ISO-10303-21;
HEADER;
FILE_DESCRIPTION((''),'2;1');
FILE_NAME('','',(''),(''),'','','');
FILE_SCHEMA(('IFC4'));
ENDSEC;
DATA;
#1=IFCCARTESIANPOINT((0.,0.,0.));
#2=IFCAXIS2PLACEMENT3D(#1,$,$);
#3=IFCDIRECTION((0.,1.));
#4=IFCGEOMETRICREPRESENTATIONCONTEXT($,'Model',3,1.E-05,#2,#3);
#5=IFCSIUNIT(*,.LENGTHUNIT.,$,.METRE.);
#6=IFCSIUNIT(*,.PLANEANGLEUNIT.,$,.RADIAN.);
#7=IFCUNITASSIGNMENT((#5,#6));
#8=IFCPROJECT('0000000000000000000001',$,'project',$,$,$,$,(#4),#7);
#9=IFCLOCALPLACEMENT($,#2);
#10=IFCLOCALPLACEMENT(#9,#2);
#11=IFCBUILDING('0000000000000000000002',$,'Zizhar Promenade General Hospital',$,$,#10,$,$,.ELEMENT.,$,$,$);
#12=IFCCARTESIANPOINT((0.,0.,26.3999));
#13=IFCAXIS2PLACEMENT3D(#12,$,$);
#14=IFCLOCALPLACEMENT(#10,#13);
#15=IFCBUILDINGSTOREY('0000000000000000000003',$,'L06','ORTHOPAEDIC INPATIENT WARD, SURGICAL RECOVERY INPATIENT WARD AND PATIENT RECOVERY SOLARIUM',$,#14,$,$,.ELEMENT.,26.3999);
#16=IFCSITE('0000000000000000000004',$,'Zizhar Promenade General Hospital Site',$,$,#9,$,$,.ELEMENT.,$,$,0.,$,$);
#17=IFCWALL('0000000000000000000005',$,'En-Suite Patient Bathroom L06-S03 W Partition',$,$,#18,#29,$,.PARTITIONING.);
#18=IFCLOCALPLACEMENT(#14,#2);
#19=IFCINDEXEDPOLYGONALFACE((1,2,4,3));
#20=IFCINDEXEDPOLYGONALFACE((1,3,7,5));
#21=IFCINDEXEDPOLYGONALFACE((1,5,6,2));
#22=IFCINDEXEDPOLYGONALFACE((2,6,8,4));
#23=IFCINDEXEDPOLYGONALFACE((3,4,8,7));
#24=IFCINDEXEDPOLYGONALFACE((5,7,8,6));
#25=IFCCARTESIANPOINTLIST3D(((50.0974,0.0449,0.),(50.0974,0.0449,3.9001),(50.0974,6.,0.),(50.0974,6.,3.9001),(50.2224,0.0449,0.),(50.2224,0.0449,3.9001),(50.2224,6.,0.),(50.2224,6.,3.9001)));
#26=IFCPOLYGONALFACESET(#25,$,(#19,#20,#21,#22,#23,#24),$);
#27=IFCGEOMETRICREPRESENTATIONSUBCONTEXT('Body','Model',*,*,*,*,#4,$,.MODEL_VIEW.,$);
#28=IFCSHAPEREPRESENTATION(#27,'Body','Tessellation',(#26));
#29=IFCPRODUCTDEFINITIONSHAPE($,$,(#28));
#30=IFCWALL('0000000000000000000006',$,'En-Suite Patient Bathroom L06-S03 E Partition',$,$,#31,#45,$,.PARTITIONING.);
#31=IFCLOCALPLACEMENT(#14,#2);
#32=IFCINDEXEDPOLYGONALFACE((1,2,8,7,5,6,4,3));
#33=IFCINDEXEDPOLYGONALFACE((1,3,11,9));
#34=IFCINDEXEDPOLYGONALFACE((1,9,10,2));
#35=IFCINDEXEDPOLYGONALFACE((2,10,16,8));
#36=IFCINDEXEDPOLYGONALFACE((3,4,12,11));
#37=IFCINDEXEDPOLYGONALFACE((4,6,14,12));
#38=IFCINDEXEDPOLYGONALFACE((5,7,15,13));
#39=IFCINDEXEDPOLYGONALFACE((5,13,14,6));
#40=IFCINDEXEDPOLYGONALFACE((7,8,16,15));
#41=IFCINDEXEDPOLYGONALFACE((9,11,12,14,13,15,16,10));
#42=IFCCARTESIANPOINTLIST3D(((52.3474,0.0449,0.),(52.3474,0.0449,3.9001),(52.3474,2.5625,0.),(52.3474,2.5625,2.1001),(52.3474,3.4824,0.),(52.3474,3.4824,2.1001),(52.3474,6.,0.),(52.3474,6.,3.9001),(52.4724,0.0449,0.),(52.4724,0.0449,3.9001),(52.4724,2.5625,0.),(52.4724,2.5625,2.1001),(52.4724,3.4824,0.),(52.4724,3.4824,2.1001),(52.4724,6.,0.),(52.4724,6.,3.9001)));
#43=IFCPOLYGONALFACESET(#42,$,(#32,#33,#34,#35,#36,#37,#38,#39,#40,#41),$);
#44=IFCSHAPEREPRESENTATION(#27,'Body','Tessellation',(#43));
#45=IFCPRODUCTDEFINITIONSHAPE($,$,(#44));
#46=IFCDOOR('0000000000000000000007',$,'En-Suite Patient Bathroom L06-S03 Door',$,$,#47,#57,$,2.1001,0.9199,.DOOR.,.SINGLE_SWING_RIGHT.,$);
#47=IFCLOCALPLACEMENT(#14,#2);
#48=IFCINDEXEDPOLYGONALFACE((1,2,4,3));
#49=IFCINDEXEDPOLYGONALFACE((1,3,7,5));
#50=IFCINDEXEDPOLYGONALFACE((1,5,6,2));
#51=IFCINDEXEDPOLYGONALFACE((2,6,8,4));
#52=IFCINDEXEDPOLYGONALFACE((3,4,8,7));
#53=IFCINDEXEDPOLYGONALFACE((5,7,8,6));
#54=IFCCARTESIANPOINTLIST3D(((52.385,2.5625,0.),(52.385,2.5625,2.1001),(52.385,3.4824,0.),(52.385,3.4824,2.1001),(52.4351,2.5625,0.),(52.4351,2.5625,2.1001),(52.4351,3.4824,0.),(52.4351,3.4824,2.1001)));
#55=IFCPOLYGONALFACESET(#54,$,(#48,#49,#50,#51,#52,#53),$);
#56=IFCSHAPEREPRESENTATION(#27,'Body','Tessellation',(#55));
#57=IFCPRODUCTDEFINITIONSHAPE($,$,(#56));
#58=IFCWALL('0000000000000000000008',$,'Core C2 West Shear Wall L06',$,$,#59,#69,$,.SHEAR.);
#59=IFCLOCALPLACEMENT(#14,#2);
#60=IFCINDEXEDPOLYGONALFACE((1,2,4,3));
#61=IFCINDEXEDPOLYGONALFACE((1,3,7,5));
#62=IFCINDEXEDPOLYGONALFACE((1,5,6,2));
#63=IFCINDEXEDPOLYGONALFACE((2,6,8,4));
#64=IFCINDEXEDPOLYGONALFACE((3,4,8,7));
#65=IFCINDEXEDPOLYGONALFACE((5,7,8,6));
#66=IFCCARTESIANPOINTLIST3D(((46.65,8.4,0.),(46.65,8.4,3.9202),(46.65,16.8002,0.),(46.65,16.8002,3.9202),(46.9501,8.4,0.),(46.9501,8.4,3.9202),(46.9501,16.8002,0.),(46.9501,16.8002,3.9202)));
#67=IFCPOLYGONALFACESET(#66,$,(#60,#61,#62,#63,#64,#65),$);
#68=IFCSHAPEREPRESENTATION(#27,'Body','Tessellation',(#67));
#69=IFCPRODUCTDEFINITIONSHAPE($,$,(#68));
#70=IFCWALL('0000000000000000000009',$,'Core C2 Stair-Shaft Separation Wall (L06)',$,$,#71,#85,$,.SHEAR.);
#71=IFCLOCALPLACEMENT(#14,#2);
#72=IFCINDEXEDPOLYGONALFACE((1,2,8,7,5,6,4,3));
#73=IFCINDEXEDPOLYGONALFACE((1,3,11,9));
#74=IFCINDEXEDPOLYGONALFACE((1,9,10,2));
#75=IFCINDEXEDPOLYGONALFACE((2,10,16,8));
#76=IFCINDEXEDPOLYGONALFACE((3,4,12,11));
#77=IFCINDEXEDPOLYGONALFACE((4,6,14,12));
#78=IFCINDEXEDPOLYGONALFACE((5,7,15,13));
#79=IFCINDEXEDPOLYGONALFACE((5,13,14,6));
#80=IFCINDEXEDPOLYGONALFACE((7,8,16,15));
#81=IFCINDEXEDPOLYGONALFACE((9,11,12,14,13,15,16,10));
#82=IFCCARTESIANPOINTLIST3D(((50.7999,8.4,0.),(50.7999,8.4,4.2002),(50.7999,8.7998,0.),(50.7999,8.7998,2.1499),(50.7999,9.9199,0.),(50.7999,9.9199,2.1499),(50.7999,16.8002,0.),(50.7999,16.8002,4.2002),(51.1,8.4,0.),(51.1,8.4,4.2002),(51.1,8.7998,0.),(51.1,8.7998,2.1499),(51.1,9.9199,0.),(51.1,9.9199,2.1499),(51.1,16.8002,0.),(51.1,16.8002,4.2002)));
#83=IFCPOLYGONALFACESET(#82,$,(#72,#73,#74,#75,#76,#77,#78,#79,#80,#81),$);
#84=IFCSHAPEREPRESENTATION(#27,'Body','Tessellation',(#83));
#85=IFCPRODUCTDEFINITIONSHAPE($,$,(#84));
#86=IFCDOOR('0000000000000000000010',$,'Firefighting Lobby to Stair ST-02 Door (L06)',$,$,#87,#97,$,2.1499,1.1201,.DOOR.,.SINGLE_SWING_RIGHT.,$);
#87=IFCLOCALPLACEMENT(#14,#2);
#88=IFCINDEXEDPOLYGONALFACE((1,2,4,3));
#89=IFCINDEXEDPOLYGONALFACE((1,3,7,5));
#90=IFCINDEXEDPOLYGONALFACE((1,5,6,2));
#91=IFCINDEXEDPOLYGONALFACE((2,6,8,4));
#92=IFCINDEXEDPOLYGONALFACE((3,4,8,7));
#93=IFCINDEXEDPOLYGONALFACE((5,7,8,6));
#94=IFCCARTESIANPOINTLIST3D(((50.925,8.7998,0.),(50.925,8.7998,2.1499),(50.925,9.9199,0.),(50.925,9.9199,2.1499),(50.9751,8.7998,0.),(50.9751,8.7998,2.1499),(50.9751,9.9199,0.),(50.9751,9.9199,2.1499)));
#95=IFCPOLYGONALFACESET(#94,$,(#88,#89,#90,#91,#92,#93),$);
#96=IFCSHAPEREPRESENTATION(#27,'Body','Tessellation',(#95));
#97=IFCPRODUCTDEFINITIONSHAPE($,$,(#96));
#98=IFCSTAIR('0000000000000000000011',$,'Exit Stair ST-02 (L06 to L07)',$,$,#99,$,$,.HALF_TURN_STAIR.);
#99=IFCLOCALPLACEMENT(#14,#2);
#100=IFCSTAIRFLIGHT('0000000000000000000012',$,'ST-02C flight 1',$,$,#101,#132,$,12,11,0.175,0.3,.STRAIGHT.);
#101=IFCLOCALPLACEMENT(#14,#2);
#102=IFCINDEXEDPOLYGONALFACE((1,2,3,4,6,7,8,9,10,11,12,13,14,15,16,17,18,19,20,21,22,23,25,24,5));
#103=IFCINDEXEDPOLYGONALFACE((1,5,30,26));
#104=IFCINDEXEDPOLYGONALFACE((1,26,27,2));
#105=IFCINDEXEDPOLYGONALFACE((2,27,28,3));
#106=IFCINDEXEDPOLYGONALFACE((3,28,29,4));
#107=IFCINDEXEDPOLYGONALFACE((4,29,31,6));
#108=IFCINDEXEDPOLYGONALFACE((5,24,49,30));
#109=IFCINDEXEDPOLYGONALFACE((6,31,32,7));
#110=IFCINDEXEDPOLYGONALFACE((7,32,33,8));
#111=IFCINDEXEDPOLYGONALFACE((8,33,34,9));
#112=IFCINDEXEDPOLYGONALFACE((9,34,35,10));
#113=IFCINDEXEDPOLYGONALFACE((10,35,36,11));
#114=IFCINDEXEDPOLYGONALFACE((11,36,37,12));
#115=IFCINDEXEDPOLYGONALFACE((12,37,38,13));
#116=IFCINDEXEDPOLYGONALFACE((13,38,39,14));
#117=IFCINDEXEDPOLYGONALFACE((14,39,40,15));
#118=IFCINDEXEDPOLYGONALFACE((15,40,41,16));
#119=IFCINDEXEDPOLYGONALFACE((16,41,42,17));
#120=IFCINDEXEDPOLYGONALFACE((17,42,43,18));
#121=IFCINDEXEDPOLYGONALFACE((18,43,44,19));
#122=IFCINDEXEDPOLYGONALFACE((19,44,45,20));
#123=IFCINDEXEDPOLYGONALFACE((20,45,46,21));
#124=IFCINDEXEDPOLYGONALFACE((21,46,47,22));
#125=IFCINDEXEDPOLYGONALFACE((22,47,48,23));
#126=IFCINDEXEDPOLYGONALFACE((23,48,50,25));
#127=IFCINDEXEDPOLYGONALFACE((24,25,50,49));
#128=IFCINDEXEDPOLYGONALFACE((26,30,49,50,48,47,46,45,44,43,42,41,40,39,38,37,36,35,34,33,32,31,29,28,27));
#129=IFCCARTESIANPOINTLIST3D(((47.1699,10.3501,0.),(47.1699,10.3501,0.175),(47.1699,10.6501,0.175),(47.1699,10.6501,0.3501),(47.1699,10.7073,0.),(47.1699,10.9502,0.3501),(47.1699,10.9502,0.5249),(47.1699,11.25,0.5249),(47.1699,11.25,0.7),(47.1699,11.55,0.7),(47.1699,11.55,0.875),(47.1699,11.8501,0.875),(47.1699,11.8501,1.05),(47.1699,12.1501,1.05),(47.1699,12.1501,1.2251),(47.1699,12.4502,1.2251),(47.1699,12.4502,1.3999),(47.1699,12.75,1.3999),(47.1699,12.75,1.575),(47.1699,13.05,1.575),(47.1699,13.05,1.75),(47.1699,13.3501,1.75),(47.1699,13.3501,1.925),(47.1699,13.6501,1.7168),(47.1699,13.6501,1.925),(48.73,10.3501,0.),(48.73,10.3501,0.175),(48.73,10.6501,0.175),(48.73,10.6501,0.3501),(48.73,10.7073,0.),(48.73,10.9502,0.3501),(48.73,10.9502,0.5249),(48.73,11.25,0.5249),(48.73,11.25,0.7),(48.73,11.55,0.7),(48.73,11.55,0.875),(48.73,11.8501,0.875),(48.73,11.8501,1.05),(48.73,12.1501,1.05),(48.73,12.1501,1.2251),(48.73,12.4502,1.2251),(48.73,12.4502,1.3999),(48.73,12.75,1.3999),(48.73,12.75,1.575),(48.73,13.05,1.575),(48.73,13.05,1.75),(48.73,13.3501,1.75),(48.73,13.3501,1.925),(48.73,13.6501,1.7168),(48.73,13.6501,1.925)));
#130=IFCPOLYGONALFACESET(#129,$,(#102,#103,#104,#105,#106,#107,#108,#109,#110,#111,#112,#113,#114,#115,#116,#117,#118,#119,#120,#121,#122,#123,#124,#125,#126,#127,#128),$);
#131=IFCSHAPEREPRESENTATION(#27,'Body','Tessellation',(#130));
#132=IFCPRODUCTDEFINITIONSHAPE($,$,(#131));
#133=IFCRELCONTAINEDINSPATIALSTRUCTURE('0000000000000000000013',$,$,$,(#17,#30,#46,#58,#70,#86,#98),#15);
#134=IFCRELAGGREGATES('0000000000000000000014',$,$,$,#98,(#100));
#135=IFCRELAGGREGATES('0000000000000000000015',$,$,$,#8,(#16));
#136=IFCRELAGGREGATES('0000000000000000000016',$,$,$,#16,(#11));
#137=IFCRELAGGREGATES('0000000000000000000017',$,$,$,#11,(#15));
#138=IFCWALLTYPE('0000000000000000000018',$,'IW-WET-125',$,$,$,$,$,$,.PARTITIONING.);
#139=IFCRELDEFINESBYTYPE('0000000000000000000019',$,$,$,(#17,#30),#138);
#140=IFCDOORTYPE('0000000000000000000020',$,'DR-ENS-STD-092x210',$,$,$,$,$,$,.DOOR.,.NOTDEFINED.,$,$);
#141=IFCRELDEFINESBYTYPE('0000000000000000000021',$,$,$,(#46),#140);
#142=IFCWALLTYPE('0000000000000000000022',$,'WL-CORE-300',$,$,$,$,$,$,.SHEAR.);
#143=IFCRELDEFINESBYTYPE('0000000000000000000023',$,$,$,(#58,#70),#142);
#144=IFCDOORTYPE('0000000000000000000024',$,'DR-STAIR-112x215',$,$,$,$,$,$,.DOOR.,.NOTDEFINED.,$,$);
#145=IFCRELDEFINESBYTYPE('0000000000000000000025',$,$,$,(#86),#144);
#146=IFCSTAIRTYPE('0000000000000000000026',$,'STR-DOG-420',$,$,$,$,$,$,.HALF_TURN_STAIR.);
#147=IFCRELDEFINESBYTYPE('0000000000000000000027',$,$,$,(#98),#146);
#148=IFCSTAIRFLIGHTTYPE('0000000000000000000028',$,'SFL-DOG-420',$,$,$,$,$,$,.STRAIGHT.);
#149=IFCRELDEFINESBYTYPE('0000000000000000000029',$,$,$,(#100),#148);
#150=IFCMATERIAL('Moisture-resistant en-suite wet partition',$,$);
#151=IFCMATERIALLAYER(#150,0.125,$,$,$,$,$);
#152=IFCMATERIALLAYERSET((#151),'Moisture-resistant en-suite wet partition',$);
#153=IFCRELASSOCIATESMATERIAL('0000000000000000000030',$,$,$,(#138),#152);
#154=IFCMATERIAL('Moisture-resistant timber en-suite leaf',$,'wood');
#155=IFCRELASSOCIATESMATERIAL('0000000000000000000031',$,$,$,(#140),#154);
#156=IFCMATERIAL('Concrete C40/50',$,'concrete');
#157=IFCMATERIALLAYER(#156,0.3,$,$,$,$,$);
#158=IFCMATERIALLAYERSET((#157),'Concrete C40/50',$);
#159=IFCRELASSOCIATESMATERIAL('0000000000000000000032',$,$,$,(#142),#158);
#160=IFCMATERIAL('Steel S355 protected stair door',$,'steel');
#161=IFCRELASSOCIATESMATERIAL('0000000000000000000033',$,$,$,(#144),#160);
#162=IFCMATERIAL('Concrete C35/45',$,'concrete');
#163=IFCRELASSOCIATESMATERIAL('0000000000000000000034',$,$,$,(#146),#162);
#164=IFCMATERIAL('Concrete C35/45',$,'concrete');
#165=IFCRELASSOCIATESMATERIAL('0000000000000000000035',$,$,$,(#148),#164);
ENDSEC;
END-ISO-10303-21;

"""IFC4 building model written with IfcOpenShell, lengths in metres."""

from ifc_helpers import new_model, si_unit, direction, frame, frame_2d, origin, place, context, subcontext, project, spatial, polyline, rectangle, outline, extrude, material, layer, layer_set, type_object, element, fill, aggregate, save


model = new_model("IFC4")

# Units and contexts
model_context = context("Model", 3, precision=1e-05, world=origin(), true_north=direction((0.0, 1.0)))
body_context = subcontext(model_context, "Body", "Model", "MODEL_VIEW")
ifc_project = project(units=[si_unit("LENGTHUNIT", "METRE"), si_unit("PLANEANGLEUNIT", "RADIAN")], contexts=[model_context])

# Site, building, storey
site_placement = place(None, origin())
site = spatial("IfcSite", under=ifc_project, at=site_placement, Name="Zizhar Promenade General Hospital Site", CompositionType="ELEMENT", RefElevation=0.0)
building_placement = place(site_placement, origin())
building = spatial("IfcBuilding", under=site, at=building_placement, Name="Zizhar Promenade General Hospital", CompositionType="ELEMENT")
storey_placement = place(building_placement, frame((0.0, 0.0, 26.3999)))
storey = spatial("IfcBuildingStorey", under=building, at=storey_placement, Name="L06", Description="ORTHOPAEDIC INPATIENT WARD, SURGICAL RECOVERY INPATIENT WARD AND PATIENT RECOVERY SOLARIUM", CompositionType="ELEMENT", Elevation=26.3999)

# Wall
ifc_material_1 = material(Name="Moisture-resistant en-suite wet partition")
ifc_layer_1 = layer(ifc_material_1, 0.125)
ifc_layer_set_1 = layer_set([ifc_layer_1], Name="Moisture-resistant en-suite wet partition")
wall_type_1 = type_object("IfcWallType", Name="IW-WET-125", PredefinedType="PARTITIONING", material=ifc_layer_set_1)
wall_1_placement = place(storey_placement, frame((50.1599, 0.0449, 0.0), z_axis=(0.0, 0.0, 1.0), x_axis=(0.0, 1.0, 0.0)))
element("IfcWall", 1, at=wall_1_placement, inside=storey, type_object=wall_type_1, Name="En-Suite Patient Bathroom L06-S03 W Partition", PredefinedType="PARTITIONING", context=body_context, shape_type="SweptSolid", body=[
    extrude(rectangle(XDim=5.9551, YDim=0.125, at=frame_2d((2.9775, 0.0))), origin(), (0.0, 0.0, 1.0), 3.9001),
])

# Wall, opening, door
wall_2_placement = place(storey_placement, frame((52.4099, 0.0449, 0.0), z_axis=(0.0, 0.0, 1.0), x_axis=(0.0, 1.0, 0.0)))
wall_2 = element("IfcWall", 2, at=wall_2_placement, inside=storey, type_object=wall_type_1, Name="En-Suite Patient Bathroom L06-S03 E Partition", PredefinedType="PARTITIONING", context=body_context, shape_type="SweptSolid", body=[
    extrude(rectangle(XDim=5.9551, YDim=0.125, at=frame_2d((2.9775, 0.0))), origin(), (0.0, 0.0, 1.0), 3.9001),
])
opening_1_placement = place(wall_2_placement, frame((2.5176, 0.0, 0.0)))
opening_1 = element("IfcOpeningElement", 3, at=opening_1_placement, cuts=wall_2, PredefinedType="OPENING", context=body_context, shape_type="SweptSolid", body=[
    extrude(rectangle(XDim=0.9199, YDim=2.1001, at=frame_2d((0.46, 1.05))), frame((0.0, 0.0725, 0.0), z_axis=(0.0, -1.0, 0.0), x_axis=(1.0, 0.0, 0.0)), (0.0, 0.0, 1.0), 0.145),
])
ifc_material_2 = material(Name="Moisture-resistant timber en-suite leaf", Category="wood")
door_type_1 = type_object("IfcDoorType", Name="DR-ENS-STD-092x210", OperationType="NOTDEFINED", PredefinedType="DOOR", material=ifc_material_2)
door_1_placement = place(opening_1_placement, origin())
door_1 = element("IfcDoor", 4, at=door_1_placement, inside=storey, type_object=door_type_1, Name="En-Suite Patient Bathroom L06-S03 Door", OperationType="SINGLE_SWING_RIGHT", OverallHeight=2.1001, OverallWidth=0.9199, PredefinedType="DOOR", context=body_context, shape_type="SweptSolid", body=[
    extrude(rectangle(XDim=0.9199, YDim=2.1001, at=frame_2d((0.46, 1.05))), frame((0.0, 0.0249, 0.0), z_axis=(0.0, -1.0, 0.0), x_axis=(1.0, 0.0, 0.0)), (0.0, 0.0, 1.0), 0.05),
])
fill(opening_1, door_1)

# Wall
ifc_material_3 = material(Name="Concrete C40/50", Category="concrete")
ifc_layer_2 = layer(ifc_material_3, 0.3)
ifc_layer_set_2 = layer_set([ifc_layer_2], Name="Concrete C40/50")
wall_type_2 = type_object("IfcWallType", Name="WL-CORE-300", PredefinedType="SHEAR", material=ifc_layer_set_2)
wall_3_placement = place(storey_placement, frame((46.8, 8.3999, 0.0), z_axis=(0.0, 0.0, 1.0), x_axis=(0.0, 1.0, 0.0)))
element("IfcWall", 5, at=wall_3_placement, inside=storey, type_object=wall_type_2, Name="Core C2 West Shear Wall L06", PredefinedType="SHEAR", context=body_context, shape_type="SweptSolid", body=[
    extrude(rectangle(XDim=8.4001, YDim=0.3, at=frame_2d((4.2002, 0.0))), origin(), (0.0, 0.0, 1.0), 3.9202),
])

# Wall, opening, door
ifc_material_4 = material(Name="Steel S355 protected stair door", Category="steel")
door_type_2 = type_object("IfcDoorType", Name="DR-STAIR-112x215", OperationType="NOTDEFINED", PredefinedType="DOOR", material=ifc_material_4)
wall_4_placement = place(storey_placement, frame((50.95, 8.3999, 0.0), z_axis=(0.0, 0.0, 1.0), x_axis=(0.0, 1.0, 0.0)))
wall_4 = element("IfcWall", 6, at=wall_4_placement, inside=storey, type_object=wall_type_2, Name="Core C2 Stair-Shaft Separation Wall (L06)", PredefinedType="SHEAR", context=body_context, shape_type="SweptSolid", body=[
    extrude(rectangle(XDim=8.4001, YDim=0.3, at=frame_2d((4.2002, 0.0))), origin(), (0.0, 0.0, 1.0), 4.2002),
])
opening_2_placement = place(wall_4_placement, frame((0.3999, 0.0, 0.0)))
opening_2 = element("IfcOpeningElement", 7, at=opening_2_placement, cuts=wall_4, PredefinedType="OPENING", context=body_context, shape_type="SweptSolid", body=[
    extrude(rectangle(XDim=1.1201, YDim=2.1499, at=frame_2d((0.5601, 1.075))), frame((0.0, 0.1602, 0.0), z_axis=(0.0, -1.0, 0.0), x_axis=(1.0, 0.0, 0.0)), (0.0, 0.0, 1.0), 0.3201),
])
door_2_placement = place(opening_2_placement, origin())
door_2 = element("IfcDoor", 8, at=door_2_placement, inside=storey, type_object=door_type_2, Name="Firefighting Lobby to Stair ST-02 Door (L06)", OperationType="SINGLE_SWING_RIGHT", OverallHeight=2.1499, OverallWidth=1.1201, PredefinedType="DOOR", context=body_context, shape_type="SweptSolid", body=[
    extrude(rectangle(XDim=1.1201, YDim=2.1499, at=frame_2d((0.5601, 1.075))), frame((0.0, 0.0249, 0.0), z_axis=(0.0, -1.0, 0.0), x_axis=(1.0, 0.0, 0.0)), (0.0, 0.0, 1.0), 0.05),
])
fill(opening_2, door_2)

# Stair, stair flight
ifc_material_5 = material(Name="Concrete C35/45", Category="concrete")
stair_type = type_object("IfcStairType", Name="STR-DOG-420", PredefinedType="HALF_TURN_STAIR", material=ifc_material_5)
stair_placement = place(storey_placement, origin())
stair = element("IfcStair", 9, at=stair_placement, inside=storey, type_object=stair_type, Name="Exit Stair ST-02 (L06 to L07)", PredefinedType="HALF_TURN_STAIR")
ifc_material_6 = material(Name="Concrete C35/45", Category="concrete")
stair_flight_type = type_object("IfcStairFlightType", Name="SFL-DOG-420", PredefinedType="STRAIGHT", material=ifc_material_6)
stair_flight_placement = place(storey_placement, frame((47.95, 10.3501, 0.0), z_axis=(0.0, 0.0, 1.0), x_axis=(0.0, 1.0, 0.0)))
stair_flight = element("IfcStairFlight", 10, at=stair_flight_placement, type_object=stair_flight_type, Name="ST-02C flight 1", NumberOfRisers=12, NumberOfTreads=11, PredefinedType="STRAIGHT", RiserHeight=0.175, TreadLength=0.3, context=body_context, shape_type="SweptSolid", body=[
    extrude(outline(polyline([(0.0, 0.0), (0.0, 0.175), (0.3, 0.175), (0.3, 0.3501), (0.6001, 0.3501), (0.6001, 0.5249), (0.8999, 0.5249), (0.8999, 0.7), (1.2, 0.7), (1.2, 0.875), (1.5, 0.875), (1.5, 1.05), (1.8, 1.05), (1.8, 1.2251), (2.1001, 1.2251), (2.1001, 1.3999), (2.3999, 1.3999), (2.3999, 1.575), (2.7, 1.575), (2.7, 1.75), (3.0, 1.75), (3.0, 1.925), (3.3, 1.925), (3.3, 2.1001), (3.3, 1.7168), (0.3572, 0.0), (0.0, 0.0)])), frame((0.0, 0.78, 0.0), z_axis=(0.0, -1.0, 0.0), x_axis=(1.0, 0.0, 0.0)), (0.0, 0.0, 1.0), 1.5601),
])
aggregate(stair, [stair_flight])

save(model, "model.ifc")
